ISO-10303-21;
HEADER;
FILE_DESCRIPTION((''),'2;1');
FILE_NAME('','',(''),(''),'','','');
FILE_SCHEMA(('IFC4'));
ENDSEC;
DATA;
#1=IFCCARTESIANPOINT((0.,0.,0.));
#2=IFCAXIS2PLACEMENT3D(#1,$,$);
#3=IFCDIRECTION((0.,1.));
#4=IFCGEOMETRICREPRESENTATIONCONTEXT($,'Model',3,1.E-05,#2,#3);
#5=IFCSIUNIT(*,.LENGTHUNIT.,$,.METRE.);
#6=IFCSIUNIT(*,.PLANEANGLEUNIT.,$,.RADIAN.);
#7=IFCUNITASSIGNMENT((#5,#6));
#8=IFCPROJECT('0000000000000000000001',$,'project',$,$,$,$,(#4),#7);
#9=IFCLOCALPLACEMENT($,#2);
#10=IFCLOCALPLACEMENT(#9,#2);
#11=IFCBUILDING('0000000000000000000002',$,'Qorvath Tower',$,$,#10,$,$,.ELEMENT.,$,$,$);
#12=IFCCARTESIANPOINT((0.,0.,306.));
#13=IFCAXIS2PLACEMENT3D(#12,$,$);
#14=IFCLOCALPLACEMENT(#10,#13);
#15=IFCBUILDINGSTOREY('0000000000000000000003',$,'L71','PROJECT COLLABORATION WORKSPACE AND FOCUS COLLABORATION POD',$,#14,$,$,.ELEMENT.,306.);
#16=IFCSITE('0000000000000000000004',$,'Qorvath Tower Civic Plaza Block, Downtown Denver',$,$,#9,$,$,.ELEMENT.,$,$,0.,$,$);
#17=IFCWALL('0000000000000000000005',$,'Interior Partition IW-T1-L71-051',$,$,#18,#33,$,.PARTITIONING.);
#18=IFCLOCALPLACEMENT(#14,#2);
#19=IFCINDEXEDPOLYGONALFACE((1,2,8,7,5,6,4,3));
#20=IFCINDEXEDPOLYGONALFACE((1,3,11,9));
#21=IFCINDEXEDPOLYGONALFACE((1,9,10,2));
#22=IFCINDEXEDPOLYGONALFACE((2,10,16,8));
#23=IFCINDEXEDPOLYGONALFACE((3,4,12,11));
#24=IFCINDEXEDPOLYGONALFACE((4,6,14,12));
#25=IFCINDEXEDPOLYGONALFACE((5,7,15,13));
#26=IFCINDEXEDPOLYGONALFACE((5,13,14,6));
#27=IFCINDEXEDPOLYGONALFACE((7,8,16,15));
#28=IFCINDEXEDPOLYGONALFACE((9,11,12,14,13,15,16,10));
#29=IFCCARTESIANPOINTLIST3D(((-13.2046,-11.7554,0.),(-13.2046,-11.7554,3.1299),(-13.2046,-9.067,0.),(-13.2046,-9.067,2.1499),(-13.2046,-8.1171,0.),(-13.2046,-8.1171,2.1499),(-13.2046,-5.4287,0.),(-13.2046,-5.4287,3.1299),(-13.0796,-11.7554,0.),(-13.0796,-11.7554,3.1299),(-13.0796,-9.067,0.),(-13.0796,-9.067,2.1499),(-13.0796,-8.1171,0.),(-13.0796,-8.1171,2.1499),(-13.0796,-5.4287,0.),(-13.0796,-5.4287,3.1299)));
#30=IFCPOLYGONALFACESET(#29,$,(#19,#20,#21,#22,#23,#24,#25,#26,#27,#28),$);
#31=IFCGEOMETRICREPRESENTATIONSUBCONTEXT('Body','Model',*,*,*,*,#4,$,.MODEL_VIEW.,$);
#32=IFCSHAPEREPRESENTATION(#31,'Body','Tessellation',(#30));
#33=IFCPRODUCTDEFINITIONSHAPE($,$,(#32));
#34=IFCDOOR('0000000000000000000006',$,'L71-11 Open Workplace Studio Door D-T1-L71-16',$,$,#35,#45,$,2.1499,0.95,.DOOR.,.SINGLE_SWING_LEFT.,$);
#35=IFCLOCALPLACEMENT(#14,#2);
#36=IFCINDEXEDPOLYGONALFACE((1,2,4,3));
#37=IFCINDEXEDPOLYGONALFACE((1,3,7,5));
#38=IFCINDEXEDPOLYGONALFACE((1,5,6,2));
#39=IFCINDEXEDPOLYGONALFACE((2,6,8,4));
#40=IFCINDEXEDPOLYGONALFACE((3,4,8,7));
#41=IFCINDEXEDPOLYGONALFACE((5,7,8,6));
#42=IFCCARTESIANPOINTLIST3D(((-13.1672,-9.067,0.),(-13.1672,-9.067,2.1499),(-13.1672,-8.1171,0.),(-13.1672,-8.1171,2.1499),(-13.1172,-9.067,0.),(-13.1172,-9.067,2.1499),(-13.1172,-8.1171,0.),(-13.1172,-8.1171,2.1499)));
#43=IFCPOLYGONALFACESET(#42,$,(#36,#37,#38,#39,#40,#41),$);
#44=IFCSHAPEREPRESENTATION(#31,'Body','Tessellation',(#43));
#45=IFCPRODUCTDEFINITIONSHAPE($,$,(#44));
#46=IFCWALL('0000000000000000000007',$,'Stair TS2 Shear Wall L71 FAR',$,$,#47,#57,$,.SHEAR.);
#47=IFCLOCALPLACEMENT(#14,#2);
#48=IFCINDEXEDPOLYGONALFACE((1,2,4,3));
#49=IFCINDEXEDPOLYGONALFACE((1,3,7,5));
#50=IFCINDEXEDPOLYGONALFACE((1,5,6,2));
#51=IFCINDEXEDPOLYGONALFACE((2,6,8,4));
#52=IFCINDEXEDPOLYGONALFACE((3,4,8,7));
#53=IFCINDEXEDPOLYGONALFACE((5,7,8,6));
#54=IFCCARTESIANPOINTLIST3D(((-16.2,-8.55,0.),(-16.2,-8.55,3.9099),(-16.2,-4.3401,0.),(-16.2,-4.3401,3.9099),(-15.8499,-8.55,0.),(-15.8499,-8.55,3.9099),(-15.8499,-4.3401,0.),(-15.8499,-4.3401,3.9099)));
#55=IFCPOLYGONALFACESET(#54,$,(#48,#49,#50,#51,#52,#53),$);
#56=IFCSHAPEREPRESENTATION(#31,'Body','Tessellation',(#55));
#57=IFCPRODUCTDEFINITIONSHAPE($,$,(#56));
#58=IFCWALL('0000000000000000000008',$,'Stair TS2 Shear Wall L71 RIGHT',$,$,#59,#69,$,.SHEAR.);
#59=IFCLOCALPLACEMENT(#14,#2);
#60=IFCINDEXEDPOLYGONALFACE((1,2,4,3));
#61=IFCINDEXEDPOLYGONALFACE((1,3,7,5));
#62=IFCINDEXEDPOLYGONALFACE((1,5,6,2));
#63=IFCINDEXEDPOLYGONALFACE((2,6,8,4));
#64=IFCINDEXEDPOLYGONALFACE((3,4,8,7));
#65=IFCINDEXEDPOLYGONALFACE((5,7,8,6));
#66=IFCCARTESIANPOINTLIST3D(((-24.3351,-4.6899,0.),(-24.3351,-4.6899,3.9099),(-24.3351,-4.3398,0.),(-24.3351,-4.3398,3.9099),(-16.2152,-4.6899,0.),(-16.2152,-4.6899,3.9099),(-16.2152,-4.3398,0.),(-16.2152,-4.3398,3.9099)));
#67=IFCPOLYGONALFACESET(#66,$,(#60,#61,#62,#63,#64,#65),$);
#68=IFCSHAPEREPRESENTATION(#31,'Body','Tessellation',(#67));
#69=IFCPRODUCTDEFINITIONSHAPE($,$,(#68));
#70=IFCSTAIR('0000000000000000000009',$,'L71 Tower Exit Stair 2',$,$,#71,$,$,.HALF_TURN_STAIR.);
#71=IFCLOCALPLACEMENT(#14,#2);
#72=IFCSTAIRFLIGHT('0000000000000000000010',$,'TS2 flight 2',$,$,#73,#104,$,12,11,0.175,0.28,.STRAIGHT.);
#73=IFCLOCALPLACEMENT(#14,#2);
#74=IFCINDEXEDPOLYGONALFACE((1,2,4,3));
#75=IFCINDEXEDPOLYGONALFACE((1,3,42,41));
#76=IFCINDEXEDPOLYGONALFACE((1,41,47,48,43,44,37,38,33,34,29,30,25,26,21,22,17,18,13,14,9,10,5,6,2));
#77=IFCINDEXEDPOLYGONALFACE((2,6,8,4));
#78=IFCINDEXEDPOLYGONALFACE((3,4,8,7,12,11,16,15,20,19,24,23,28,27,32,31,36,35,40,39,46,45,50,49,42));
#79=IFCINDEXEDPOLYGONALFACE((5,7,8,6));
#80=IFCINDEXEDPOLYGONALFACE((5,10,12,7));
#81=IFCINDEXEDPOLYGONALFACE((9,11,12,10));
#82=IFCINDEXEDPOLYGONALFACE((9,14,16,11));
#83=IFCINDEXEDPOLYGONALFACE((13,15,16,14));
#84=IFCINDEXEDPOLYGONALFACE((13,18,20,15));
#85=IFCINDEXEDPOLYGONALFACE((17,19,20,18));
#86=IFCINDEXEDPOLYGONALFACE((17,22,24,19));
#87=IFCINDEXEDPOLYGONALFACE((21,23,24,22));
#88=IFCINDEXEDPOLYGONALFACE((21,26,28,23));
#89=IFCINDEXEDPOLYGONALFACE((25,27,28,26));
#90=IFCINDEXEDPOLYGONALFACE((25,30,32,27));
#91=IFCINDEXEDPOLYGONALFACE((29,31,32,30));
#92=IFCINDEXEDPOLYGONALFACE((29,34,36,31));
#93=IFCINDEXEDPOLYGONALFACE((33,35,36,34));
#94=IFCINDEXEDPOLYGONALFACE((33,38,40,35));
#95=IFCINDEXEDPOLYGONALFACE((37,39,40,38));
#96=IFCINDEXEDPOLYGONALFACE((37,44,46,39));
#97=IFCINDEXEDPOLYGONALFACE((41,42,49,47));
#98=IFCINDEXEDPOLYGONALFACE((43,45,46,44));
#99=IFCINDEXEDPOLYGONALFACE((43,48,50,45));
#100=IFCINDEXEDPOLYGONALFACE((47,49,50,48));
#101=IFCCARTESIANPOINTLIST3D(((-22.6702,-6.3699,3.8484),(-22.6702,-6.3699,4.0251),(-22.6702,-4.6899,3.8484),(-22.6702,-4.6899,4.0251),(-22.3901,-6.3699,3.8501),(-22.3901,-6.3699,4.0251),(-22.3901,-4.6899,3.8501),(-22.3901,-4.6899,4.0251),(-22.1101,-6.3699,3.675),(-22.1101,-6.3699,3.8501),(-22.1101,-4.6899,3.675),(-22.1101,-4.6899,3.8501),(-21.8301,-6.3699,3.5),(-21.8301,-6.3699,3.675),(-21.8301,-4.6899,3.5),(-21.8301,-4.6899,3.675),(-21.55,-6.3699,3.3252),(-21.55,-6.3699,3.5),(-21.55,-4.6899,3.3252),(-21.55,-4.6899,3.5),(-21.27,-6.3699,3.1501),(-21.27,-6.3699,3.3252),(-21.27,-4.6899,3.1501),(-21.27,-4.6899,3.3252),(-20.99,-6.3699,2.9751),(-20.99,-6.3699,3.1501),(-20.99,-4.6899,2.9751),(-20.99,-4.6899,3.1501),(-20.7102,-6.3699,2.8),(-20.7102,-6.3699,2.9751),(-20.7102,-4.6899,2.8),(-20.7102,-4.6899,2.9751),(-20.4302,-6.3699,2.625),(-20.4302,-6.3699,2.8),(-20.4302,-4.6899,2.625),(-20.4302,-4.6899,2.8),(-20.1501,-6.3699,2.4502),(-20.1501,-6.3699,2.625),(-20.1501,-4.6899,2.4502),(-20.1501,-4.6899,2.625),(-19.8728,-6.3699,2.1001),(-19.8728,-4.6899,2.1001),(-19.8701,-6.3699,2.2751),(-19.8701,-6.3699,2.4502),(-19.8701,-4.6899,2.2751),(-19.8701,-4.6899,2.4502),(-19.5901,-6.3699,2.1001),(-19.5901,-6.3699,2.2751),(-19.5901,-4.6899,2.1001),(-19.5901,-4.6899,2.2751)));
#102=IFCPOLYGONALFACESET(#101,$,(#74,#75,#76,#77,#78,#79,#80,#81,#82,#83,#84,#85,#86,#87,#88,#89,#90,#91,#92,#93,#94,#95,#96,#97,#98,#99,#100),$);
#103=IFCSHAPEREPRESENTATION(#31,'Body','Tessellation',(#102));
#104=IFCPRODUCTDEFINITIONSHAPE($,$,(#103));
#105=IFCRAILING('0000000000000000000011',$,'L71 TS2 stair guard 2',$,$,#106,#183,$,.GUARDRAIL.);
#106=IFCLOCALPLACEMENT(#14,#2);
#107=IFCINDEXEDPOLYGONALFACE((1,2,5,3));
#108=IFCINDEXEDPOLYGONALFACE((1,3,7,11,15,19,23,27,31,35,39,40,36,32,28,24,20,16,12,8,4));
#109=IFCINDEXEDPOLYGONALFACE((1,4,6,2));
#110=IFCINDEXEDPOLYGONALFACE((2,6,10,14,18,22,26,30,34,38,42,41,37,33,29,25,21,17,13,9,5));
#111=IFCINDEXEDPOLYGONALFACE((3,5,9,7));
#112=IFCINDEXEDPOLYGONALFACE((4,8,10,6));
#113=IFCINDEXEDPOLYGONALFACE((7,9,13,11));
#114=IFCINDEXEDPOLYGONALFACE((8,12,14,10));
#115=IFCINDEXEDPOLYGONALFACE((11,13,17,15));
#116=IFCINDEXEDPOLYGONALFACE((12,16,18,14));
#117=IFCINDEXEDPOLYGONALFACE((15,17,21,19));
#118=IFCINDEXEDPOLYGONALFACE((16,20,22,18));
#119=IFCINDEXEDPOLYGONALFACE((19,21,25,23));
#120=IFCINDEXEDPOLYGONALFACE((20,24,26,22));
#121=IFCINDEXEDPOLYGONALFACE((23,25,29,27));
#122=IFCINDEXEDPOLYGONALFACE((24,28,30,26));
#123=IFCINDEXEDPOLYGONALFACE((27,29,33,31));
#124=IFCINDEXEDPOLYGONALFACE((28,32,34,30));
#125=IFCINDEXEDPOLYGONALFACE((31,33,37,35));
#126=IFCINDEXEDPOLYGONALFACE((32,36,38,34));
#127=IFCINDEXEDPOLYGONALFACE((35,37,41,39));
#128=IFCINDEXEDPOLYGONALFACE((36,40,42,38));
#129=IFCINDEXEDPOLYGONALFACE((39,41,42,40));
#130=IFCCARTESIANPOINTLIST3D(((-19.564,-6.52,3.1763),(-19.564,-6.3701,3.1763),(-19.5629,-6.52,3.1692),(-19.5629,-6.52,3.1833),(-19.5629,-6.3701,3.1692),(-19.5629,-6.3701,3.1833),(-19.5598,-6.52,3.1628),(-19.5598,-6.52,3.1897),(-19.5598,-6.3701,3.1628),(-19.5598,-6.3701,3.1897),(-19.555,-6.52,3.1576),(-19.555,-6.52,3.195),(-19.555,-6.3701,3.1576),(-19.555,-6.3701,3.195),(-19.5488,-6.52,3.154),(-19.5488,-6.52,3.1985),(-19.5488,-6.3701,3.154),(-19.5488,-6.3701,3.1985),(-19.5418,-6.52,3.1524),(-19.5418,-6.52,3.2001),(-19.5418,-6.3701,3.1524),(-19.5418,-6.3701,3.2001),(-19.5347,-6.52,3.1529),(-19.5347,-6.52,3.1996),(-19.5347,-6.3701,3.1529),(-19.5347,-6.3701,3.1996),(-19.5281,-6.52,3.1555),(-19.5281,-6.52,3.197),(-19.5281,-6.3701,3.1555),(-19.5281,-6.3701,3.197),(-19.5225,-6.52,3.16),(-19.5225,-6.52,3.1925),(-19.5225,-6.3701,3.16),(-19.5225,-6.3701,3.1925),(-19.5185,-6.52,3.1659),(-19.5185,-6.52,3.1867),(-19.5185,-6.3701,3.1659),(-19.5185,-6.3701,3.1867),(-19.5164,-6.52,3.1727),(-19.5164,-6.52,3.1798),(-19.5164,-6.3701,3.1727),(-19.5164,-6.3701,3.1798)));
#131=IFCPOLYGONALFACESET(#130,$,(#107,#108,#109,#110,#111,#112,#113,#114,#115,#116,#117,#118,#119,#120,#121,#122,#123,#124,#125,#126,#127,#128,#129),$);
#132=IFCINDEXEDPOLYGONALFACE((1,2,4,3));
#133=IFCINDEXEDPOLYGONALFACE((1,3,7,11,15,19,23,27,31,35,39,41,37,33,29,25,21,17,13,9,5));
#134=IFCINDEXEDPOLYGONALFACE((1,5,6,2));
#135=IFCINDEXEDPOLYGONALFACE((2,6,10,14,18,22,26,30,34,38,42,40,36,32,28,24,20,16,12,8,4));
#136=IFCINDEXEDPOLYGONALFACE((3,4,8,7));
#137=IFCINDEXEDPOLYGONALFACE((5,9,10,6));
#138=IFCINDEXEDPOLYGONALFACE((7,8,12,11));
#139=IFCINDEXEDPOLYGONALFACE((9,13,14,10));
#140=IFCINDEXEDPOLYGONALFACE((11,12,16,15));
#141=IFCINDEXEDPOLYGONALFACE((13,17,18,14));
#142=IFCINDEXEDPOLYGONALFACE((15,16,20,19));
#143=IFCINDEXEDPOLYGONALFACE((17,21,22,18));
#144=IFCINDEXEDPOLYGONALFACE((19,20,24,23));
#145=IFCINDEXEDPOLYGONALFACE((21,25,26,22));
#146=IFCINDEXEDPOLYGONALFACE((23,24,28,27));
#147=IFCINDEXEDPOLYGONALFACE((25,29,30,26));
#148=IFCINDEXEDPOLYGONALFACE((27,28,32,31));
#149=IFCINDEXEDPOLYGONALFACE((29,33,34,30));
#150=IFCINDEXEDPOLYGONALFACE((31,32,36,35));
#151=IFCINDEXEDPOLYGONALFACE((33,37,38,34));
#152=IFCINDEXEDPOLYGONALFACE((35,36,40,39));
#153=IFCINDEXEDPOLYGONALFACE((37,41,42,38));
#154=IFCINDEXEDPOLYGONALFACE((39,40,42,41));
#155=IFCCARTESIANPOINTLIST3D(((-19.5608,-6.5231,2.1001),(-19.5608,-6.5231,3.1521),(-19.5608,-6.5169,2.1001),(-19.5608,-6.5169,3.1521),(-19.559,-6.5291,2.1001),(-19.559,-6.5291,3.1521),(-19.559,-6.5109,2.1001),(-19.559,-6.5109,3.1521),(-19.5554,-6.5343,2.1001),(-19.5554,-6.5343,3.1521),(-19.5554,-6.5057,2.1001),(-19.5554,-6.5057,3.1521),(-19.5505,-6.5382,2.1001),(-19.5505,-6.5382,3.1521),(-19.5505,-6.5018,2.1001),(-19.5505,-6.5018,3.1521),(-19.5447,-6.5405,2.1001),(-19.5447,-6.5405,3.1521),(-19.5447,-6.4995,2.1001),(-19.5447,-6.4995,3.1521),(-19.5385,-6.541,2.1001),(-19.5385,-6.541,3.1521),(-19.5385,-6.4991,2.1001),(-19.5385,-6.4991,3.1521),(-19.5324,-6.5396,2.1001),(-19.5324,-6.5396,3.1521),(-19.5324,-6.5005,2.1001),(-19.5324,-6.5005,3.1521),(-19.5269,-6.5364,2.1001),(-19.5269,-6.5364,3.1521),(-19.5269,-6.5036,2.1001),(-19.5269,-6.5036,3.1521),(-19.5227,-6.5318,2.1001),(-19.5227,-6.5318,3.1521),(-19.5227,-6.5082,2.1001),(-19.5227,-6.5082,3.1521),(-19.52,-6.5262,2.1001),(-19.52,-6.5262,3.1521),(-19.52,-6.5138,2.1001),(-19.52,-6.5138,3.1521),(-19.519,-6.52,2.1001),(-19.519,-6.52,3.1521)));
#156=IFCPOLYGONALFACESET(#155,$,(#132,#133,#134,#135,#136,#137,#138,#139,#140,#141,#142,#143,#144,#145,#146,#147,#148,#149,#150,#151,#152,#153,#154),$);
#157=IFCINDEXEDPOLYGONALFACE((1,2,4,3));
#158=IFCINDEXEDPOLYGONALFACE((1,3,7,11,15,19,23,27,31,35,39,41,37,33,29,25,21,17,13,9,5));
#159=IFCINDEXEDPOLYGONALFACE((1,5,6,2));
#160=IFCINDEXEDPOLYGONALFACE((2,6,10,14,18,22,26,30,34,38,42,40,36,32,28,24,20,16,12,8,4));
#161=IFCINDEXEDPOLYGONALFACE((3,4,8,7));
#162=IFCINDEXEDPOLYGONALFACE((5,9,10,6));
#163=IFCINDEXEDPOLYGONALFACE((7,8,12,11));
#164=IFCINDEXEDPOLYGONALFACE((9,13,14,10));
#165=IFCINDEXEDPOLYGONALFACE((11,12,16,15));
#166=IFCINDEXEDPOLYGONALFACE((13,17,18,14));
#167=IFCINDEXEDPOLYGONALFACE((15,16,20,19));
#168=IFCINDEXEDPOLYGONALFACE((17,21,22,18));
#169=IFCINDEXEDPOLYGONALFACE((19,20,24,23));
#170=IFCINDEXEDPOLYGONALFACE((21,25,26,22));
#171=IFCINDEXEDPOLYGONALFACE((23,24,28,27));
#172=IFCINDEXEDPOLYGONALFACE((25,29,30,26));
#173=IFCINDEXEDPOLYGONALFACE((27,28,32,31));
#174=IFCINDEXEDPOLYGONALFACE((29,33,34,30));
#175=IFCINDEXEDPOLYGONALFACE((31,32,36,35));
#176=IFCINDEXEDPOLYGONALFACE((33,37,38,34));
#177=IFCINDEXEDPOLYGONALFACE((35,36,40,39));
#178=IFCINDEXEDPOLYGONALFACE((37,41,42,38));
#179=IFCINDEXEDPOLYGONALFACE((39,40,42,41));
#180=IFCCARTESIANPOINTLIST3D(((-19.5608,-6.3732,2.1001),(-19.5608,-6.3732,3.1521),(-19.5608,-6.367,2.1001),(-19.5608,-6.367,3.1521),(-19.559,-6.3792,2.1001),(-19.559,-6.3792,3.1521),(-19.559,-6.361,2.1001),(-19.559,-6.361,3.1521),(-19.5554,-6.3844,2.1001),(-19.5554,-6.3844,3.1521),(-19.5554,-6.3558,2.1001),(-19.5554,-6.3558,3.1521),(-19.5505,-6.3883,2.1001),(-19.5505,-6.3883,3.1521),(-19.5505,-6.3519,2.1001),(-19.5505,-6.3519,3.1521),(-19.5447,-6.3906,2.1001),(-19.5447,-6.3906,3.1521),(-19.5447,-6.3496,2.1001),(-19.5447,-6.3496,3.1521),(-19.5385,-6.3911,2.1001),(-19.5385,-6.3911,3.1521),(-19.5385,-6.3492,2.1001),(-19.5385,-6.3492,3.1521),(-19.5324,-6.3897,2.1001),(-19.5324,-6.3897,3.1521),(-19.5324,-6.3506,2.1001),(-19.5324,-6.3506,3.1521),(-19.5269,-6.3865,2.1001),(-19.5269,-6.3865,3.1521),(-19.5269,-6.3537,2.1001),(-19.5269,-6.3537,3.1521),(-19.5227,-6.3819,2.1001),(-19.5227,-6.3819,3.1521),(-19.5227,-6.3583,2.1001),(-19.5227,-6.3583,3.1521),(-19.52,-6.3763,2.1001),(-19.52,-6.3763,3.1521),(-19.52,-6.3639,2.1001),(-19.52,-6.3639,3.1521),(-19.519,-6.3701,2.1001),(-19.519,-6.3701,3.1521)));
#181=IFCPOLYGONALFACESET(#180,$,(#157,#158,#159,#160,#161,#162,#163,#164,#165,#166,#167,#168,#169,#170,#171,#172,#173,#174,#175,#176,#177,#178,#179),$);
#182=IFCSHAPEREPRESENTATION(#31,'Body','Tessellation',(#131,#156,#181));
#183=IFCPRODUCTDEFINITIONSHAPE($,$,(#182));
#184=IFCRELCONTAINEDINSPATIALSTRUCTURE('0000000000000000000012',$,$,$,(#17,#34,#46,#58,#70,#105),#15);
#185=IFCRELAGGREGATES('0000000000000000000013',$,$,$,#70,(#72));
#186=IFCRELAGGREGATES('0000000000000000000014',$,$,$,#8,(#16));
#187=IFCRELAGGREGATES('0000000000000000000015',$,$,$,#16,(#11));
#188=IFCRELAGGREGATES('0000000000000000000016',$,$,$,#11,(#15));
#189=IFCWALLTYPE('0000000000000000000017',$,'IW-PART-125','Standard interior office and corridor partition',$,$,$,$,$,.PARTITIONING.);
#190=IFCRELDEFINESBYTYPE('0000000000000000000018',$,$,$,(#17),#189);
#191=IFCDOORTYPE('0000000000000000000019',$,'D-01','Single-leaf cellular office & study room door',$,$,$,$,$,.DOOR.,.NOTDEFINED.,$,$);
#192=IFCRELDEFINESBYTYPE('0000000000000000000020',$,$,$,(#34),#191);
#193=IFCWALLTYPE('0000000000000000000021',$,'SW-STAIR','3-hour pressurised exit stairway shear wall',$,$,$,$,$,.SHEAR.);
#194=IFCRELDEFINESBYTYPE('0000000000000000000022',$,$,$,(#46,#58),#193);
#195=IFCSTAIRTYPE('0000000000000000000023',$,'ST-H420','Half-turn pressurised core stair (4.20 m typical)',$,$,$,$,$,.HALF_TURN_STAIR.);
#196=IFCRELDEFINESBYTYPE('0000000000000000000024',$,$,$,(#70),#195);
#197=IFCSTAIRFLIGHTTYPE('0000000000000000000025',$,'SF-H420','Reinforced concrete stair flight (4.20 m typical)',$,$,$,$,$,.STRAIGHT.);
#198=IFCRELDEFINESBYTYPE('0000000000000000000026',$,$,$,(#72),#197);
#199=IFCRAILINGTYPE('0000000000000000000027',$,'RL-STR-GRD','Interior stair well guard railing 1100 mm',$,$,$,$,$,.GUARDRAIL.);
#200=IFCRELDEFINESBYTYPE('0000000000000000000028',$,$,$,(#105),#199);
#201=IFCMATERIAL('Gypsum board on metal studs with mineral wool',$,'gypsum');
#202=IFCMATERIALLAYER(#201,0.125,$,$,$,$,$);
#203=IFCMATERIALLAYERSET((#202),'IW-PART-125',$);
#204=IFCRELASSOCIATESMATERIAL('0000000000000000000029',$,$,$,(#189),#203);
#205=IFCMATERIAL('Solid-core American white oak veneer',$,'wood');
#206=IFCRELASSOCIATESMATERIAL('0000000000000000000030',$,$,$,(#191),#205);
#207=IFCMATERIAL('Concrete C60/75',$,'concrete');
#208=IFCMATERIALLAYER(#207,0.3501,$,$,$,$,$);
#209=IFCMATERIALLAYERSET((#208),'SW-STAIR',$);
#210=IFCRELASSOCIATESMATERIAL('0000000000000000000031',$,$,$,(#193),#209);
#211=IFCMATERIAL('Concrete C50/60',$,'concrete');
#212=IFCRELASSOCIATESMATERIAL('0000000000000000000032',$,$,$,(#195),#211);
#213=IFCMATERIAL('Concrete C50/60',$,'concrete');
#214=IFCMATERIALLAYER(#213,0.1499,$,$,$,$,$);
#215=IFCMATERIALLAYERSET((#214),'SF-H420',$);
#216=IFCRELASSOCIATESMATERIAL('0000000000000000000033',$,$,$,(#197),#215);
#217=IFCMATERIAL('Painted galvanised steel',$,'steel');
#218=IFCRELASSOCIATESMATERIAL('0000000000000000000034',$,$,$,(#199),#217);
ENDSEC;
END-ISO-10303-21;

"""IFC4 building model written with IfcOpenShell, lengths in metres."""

from ifc_helpers import new_model, si_unit, direction, frame, frame_2d, origin, origin_2d, place, context, subcontext, project, spatial, polyline, rectangle, circle, outline, extrude, material, layer, layer_set, type_object, element, fill, aggregate, save


model = new_model("IFC4")

# Units and contexts
model_context = context("Model", 3, precision=1e-05, world=origin(), true_north=direction((0.0, 1.0)))
body_context = subcontext(model_context, "Body", "Model", "MODEL_VIEW")
ifc_project = project(units=[si_unit("LENGTHUNIT", "METRE"), si_unit("PLANEANGLEUNIT", "RADIAN")], contexts=[model_context])

# Site, building, storey
site_placement = place(None, origin())
site = spatial("IfcSite", under=ifc_project, at=site_placement, Name="Qorvath Tower Civic Plaza Block, Downtown Denver", CompositionType="ELEMENT", RefElevation=0.0)
building_placement = place(site_placement, origin())
building = spatial("IfcBuilding", under=site, at=building_placement, Name="Qorvath Tower", CompositionType="ELEMENT")
storey_placement = place(building_placement, frame((0.0, 0.0, 306.0)))
storey = spatial("IfcBuildingStorey", under=building, at=storey_placement, Name="L71", Description="PROJECT COLLABORATION WORKSPACE AND FOCUS COLLABORATION POD", CompositionType="ELEMENT", Elevation=306.0)

# Shared definitions
ifc_material_1 = material(Name="Gypsum board on metal studs with mineral wool", Category="gypsum")
ifc_layer_1 = layer(ifc_material_1, 0.125)
ifc_layer_set_1 = layer_set([ifc_layer_1], Name="IW-PART-125")
wall_type_1 = type_object("IfcWallType", Name="IW-PART-125", Description="Standard interior office and corridor partition", PredefinedType="PARTITIONING", material=ifc_layer_set_1)

# Wall, opening, door
wall_1_placement = place(storey_placement, frame((-13.1421, -5.4287, 0.0), z_axis=(0.0, 0.0, 1.0), x_axis=(0.0, -1.0, 0.0)))
wall_1 = element("IfcWall", 1, at=wall_1_placement, inside=storey, type_object=wall_type_1, Name="Interior Partition IW-T1-L71-051", PredefinedType="PARTITIONING", context=body_context, shape_type="SweptSolid", body=[
    extrude(rectangle(XDim=6.3267, YDim=0.125, at=frame_2d((3.1633, 0.0))), origin(), (0.0, 0.0, 1.0), 3.1299),
])
opening_1_placement = place(wall_1_placement, frame((2.6882, 0.0, 0.0)))
opening_1 = element("IfcOpeningElement", 2, at=opening_1_placement, cuts=wall_1, PredefinedType="OPENING", context=body_context, shape_type="SweptSolid", body=[
    extrude(rectangle(XDim=0.95, YDim=2.1499, at=frame_2d((0.4751, 1.075))), frame((0.0, 0.0725, 0.0), z_axis=(0.0, -1.0, 0.0), x_axis=(1.0, 0.0, 0.0)), (0.0, 0.0, 1.0), 0.145),
])
ifc_material_2 = material(Name="Solid-core American white oak veneer", Category="wood")
door_type_1 = type_object("IfcDoorType", Name="D-01", Description="Single-leaf cellular office & study room door", OperationType="NOTDEFINED", PredefinedType="DOOR", material=ifc_material_2)
door_1_placement = place(opening_1_placement, origin())
door_1 = element("IfcDoor", 3, at=door_1_placement, inside=storey, type_object=door_type_1, Name="L71-11 Open Workplace Studio Door D-T1-L71-16", OperationType="SINGLE_SWING_LEFT", OverallHeight=2.1499, OverallWidth=0.95, PredefinedType="DOOR", context=body_context, shape_type="SweptSolid", body=[
    extrude(rectangle(XDim=0.95, YDim=2.1499, at=frame_2d((0.4751, 1.075))), frame((0.0, 0.0249, 0.0), z_axis=(0.0, -1.0, 0.0), x_axis=(1.0, 0.0, 0.0)), (0.0, 0.0, 1.0), 0.05),
])
fill(opening_1, door_1)

# Walls
ifc_material_3 = material(Name="Concrete C60/75", Category="concrete")
ifc_layer_2 = layer(ifc_material_3, 0.3501)
ifc_layer_set_2 = layer_set([ifc_layer_2], Name="SW-STAIR")
wall_type_2 = type_object("IfcWallType", Name="SW-STAIR", Description="3-hour pressurised exit stairway shear wall", PredefinedType="SHEAR", material=ifc_layer_set_2)
wall_2_placement = place(storey_placement, frame((-16.0249, -8.55, 0.0), z_axis=(0.0, 0.0, 1.0), x_axis=(0.0, 1.0, 0.0)))
element("IfcWall", 4, at=wall_2_placement, inside=storey, type_object=wall_type_2, Name="Stair TS2 Shear Wall L71 FAR", PredefinedType="SHEAR", context=body_context, shape_type="SweptSolid", body=[
    extrude(rectangle(XDim=4.21, YDim=0.3501, at=frame_2d((2.105, 0.0))), origin(), (0.0, 0.0, 1.0), 3.9099),
])
wall_3_placement = place(storey_placement, frame((-16.2151, -4.5149, 0.0), z_axis=(0.0, 0.0, 1.0), x_axis=(-1.0, 0.0, 0.0)))
element("IfcWall", 5, at=wall_3_placement, inside=storey, type_object=wall_type_2, Name="Stair TS2 Shear Wall L71 RIGHT", PredefinedType="SHEAR", context=body_context, shape_type="SweptSolid", body=[
    extrude(rectangle(XDim=8.1199, YDim=0.3501, at=frame_2d((4.0601, 0.0))), origin(), (0.0, 0.0, 1.0), 3.9099),
])

# Stair, stair flight
ifc_material_4 = material(Name="Concrete C50/60", Category="concrete")
stair_type = type_object("IfcStairType", Name="ST-H420", Description="Half-turn pressurised core stair (4.20 m typical)", PredefinedType="HALF_TURN_STAIR", material=ifc_material_4)
stair_placement = place(storey_placement, origin())
stair = element("IfcStair", 6, at=stair_placement, inside=storey, type_object=stair_type, Name="L71 Tower Exit Stair 2", PredefinedType="HALF_TURN_STAIR")
ifc_material_5 = material(Name="Concrete C50/60", Category="concrete")
ifc_layer_3 = layer(ifc_material_5, 0.1499)
ifc_layer_set_3 = layer_set([ifc_layer_3], Name="SF-H420")
stair_flight_type = type_object("IfcStairFlightType", Name="SF-H420", Description="Reinforced concrete stair flight (4.20 m typical)", PredefinedType="STRAIGHT", material=ifc_layer_set_3)
stair_flight_placement = place(storey_placement, frame((-19.5901, -5.53, 2.1001), z_axis=(0.0, 0.0, 1.0), x_axis=(-1.0, 0.0, 0.0)))
stair_flight = element("IfcStairFlight", 7, at=stair_flight_placement, type_object=stair_flight_type, Name="TS2 flight 2", NumberOfRisers=12, NumberOfTreads=11, PredefinedType="STRAIGHT", RiserHeight=0.175, TreadLength=0.28, context=body_context, shape_type="SweptSolid", body=[
    extrude(outline(polyline([(0.0, 0.0), (0.0, 0.175), (0.28, 0.175), (0.28, 0.3501), (0.5601, 0.3501), (0.5601, 0.5249), (0.8401, 0.5249), (0.8401, 0.7), (1.1201, 0.7), (1.1201, 0.875), (1.3999, 0.875), (1.3999, 1.05), (1.6799, 1.05), (1.6799, 1.2251), (1.96, 1.2251), (1.96, 1.3999), (2.24, 1.3999), (2.24, 1.575), (2.52, 1.575), (2.52, 1.75), (2.8, 1.75), (2.8, 1.925), (3.0801, 1.925), (3.0801, 2.1001), (3.0801, 1.7483), (0.2827, 0.0), (0.0, 0.0)])), frame((0.0, 0.8398, 0.0), z_axis=(0.0, -1.0, 0.0), x_axis=(1.0, 0.0, 0.0)), (0.0, 0.0, 1.0), 1.6799),
])
aggregate(stair, [stair_flight])

# Railing
ifc_material_6 = material(Name="Painted galvanised steel", Category="steel")
railing_type_1 = type_object("IfcRailingType", Name="RL-STR-GRD", Description="Interior stair well guard railing 1100 mm", PredefinedType="GUARDRAIL", material=ifc_material_6)
railing_1_placement = place(storey_placement, frame((-19.54, -6.52, 2.1001)))
element("IfcRailing", 8, at=railing_1_placement, inside=storey, type_object=railing_type_1, Name="L71 TS2 stair guard 2", PredefinedType="GUARDRAIL", context=body_context, shape_type="SweptSolid", body=[
    extrude(circle(Radius=0.0239, at=origin_2d()), frame((0.0, 0.0, 1.0762), z_axis=(0.0, 1.0, 0.0), x_axis=(-1.0, 0.0, 0.0)), (0.0, 0.0, 1.0), 0.1499),
    extrude(circle(Radius=0.021, at=origin_2d()), origin(), (0.0, 0.0, 1.0), 1.052),
    extrude(circle(Radius=0.021, at=origin_2d()), frame((0.0, 0.1499, 0.0)), (0.0, 0.0, 1.0), 1.052),
])

save(model, "model.ifc")
